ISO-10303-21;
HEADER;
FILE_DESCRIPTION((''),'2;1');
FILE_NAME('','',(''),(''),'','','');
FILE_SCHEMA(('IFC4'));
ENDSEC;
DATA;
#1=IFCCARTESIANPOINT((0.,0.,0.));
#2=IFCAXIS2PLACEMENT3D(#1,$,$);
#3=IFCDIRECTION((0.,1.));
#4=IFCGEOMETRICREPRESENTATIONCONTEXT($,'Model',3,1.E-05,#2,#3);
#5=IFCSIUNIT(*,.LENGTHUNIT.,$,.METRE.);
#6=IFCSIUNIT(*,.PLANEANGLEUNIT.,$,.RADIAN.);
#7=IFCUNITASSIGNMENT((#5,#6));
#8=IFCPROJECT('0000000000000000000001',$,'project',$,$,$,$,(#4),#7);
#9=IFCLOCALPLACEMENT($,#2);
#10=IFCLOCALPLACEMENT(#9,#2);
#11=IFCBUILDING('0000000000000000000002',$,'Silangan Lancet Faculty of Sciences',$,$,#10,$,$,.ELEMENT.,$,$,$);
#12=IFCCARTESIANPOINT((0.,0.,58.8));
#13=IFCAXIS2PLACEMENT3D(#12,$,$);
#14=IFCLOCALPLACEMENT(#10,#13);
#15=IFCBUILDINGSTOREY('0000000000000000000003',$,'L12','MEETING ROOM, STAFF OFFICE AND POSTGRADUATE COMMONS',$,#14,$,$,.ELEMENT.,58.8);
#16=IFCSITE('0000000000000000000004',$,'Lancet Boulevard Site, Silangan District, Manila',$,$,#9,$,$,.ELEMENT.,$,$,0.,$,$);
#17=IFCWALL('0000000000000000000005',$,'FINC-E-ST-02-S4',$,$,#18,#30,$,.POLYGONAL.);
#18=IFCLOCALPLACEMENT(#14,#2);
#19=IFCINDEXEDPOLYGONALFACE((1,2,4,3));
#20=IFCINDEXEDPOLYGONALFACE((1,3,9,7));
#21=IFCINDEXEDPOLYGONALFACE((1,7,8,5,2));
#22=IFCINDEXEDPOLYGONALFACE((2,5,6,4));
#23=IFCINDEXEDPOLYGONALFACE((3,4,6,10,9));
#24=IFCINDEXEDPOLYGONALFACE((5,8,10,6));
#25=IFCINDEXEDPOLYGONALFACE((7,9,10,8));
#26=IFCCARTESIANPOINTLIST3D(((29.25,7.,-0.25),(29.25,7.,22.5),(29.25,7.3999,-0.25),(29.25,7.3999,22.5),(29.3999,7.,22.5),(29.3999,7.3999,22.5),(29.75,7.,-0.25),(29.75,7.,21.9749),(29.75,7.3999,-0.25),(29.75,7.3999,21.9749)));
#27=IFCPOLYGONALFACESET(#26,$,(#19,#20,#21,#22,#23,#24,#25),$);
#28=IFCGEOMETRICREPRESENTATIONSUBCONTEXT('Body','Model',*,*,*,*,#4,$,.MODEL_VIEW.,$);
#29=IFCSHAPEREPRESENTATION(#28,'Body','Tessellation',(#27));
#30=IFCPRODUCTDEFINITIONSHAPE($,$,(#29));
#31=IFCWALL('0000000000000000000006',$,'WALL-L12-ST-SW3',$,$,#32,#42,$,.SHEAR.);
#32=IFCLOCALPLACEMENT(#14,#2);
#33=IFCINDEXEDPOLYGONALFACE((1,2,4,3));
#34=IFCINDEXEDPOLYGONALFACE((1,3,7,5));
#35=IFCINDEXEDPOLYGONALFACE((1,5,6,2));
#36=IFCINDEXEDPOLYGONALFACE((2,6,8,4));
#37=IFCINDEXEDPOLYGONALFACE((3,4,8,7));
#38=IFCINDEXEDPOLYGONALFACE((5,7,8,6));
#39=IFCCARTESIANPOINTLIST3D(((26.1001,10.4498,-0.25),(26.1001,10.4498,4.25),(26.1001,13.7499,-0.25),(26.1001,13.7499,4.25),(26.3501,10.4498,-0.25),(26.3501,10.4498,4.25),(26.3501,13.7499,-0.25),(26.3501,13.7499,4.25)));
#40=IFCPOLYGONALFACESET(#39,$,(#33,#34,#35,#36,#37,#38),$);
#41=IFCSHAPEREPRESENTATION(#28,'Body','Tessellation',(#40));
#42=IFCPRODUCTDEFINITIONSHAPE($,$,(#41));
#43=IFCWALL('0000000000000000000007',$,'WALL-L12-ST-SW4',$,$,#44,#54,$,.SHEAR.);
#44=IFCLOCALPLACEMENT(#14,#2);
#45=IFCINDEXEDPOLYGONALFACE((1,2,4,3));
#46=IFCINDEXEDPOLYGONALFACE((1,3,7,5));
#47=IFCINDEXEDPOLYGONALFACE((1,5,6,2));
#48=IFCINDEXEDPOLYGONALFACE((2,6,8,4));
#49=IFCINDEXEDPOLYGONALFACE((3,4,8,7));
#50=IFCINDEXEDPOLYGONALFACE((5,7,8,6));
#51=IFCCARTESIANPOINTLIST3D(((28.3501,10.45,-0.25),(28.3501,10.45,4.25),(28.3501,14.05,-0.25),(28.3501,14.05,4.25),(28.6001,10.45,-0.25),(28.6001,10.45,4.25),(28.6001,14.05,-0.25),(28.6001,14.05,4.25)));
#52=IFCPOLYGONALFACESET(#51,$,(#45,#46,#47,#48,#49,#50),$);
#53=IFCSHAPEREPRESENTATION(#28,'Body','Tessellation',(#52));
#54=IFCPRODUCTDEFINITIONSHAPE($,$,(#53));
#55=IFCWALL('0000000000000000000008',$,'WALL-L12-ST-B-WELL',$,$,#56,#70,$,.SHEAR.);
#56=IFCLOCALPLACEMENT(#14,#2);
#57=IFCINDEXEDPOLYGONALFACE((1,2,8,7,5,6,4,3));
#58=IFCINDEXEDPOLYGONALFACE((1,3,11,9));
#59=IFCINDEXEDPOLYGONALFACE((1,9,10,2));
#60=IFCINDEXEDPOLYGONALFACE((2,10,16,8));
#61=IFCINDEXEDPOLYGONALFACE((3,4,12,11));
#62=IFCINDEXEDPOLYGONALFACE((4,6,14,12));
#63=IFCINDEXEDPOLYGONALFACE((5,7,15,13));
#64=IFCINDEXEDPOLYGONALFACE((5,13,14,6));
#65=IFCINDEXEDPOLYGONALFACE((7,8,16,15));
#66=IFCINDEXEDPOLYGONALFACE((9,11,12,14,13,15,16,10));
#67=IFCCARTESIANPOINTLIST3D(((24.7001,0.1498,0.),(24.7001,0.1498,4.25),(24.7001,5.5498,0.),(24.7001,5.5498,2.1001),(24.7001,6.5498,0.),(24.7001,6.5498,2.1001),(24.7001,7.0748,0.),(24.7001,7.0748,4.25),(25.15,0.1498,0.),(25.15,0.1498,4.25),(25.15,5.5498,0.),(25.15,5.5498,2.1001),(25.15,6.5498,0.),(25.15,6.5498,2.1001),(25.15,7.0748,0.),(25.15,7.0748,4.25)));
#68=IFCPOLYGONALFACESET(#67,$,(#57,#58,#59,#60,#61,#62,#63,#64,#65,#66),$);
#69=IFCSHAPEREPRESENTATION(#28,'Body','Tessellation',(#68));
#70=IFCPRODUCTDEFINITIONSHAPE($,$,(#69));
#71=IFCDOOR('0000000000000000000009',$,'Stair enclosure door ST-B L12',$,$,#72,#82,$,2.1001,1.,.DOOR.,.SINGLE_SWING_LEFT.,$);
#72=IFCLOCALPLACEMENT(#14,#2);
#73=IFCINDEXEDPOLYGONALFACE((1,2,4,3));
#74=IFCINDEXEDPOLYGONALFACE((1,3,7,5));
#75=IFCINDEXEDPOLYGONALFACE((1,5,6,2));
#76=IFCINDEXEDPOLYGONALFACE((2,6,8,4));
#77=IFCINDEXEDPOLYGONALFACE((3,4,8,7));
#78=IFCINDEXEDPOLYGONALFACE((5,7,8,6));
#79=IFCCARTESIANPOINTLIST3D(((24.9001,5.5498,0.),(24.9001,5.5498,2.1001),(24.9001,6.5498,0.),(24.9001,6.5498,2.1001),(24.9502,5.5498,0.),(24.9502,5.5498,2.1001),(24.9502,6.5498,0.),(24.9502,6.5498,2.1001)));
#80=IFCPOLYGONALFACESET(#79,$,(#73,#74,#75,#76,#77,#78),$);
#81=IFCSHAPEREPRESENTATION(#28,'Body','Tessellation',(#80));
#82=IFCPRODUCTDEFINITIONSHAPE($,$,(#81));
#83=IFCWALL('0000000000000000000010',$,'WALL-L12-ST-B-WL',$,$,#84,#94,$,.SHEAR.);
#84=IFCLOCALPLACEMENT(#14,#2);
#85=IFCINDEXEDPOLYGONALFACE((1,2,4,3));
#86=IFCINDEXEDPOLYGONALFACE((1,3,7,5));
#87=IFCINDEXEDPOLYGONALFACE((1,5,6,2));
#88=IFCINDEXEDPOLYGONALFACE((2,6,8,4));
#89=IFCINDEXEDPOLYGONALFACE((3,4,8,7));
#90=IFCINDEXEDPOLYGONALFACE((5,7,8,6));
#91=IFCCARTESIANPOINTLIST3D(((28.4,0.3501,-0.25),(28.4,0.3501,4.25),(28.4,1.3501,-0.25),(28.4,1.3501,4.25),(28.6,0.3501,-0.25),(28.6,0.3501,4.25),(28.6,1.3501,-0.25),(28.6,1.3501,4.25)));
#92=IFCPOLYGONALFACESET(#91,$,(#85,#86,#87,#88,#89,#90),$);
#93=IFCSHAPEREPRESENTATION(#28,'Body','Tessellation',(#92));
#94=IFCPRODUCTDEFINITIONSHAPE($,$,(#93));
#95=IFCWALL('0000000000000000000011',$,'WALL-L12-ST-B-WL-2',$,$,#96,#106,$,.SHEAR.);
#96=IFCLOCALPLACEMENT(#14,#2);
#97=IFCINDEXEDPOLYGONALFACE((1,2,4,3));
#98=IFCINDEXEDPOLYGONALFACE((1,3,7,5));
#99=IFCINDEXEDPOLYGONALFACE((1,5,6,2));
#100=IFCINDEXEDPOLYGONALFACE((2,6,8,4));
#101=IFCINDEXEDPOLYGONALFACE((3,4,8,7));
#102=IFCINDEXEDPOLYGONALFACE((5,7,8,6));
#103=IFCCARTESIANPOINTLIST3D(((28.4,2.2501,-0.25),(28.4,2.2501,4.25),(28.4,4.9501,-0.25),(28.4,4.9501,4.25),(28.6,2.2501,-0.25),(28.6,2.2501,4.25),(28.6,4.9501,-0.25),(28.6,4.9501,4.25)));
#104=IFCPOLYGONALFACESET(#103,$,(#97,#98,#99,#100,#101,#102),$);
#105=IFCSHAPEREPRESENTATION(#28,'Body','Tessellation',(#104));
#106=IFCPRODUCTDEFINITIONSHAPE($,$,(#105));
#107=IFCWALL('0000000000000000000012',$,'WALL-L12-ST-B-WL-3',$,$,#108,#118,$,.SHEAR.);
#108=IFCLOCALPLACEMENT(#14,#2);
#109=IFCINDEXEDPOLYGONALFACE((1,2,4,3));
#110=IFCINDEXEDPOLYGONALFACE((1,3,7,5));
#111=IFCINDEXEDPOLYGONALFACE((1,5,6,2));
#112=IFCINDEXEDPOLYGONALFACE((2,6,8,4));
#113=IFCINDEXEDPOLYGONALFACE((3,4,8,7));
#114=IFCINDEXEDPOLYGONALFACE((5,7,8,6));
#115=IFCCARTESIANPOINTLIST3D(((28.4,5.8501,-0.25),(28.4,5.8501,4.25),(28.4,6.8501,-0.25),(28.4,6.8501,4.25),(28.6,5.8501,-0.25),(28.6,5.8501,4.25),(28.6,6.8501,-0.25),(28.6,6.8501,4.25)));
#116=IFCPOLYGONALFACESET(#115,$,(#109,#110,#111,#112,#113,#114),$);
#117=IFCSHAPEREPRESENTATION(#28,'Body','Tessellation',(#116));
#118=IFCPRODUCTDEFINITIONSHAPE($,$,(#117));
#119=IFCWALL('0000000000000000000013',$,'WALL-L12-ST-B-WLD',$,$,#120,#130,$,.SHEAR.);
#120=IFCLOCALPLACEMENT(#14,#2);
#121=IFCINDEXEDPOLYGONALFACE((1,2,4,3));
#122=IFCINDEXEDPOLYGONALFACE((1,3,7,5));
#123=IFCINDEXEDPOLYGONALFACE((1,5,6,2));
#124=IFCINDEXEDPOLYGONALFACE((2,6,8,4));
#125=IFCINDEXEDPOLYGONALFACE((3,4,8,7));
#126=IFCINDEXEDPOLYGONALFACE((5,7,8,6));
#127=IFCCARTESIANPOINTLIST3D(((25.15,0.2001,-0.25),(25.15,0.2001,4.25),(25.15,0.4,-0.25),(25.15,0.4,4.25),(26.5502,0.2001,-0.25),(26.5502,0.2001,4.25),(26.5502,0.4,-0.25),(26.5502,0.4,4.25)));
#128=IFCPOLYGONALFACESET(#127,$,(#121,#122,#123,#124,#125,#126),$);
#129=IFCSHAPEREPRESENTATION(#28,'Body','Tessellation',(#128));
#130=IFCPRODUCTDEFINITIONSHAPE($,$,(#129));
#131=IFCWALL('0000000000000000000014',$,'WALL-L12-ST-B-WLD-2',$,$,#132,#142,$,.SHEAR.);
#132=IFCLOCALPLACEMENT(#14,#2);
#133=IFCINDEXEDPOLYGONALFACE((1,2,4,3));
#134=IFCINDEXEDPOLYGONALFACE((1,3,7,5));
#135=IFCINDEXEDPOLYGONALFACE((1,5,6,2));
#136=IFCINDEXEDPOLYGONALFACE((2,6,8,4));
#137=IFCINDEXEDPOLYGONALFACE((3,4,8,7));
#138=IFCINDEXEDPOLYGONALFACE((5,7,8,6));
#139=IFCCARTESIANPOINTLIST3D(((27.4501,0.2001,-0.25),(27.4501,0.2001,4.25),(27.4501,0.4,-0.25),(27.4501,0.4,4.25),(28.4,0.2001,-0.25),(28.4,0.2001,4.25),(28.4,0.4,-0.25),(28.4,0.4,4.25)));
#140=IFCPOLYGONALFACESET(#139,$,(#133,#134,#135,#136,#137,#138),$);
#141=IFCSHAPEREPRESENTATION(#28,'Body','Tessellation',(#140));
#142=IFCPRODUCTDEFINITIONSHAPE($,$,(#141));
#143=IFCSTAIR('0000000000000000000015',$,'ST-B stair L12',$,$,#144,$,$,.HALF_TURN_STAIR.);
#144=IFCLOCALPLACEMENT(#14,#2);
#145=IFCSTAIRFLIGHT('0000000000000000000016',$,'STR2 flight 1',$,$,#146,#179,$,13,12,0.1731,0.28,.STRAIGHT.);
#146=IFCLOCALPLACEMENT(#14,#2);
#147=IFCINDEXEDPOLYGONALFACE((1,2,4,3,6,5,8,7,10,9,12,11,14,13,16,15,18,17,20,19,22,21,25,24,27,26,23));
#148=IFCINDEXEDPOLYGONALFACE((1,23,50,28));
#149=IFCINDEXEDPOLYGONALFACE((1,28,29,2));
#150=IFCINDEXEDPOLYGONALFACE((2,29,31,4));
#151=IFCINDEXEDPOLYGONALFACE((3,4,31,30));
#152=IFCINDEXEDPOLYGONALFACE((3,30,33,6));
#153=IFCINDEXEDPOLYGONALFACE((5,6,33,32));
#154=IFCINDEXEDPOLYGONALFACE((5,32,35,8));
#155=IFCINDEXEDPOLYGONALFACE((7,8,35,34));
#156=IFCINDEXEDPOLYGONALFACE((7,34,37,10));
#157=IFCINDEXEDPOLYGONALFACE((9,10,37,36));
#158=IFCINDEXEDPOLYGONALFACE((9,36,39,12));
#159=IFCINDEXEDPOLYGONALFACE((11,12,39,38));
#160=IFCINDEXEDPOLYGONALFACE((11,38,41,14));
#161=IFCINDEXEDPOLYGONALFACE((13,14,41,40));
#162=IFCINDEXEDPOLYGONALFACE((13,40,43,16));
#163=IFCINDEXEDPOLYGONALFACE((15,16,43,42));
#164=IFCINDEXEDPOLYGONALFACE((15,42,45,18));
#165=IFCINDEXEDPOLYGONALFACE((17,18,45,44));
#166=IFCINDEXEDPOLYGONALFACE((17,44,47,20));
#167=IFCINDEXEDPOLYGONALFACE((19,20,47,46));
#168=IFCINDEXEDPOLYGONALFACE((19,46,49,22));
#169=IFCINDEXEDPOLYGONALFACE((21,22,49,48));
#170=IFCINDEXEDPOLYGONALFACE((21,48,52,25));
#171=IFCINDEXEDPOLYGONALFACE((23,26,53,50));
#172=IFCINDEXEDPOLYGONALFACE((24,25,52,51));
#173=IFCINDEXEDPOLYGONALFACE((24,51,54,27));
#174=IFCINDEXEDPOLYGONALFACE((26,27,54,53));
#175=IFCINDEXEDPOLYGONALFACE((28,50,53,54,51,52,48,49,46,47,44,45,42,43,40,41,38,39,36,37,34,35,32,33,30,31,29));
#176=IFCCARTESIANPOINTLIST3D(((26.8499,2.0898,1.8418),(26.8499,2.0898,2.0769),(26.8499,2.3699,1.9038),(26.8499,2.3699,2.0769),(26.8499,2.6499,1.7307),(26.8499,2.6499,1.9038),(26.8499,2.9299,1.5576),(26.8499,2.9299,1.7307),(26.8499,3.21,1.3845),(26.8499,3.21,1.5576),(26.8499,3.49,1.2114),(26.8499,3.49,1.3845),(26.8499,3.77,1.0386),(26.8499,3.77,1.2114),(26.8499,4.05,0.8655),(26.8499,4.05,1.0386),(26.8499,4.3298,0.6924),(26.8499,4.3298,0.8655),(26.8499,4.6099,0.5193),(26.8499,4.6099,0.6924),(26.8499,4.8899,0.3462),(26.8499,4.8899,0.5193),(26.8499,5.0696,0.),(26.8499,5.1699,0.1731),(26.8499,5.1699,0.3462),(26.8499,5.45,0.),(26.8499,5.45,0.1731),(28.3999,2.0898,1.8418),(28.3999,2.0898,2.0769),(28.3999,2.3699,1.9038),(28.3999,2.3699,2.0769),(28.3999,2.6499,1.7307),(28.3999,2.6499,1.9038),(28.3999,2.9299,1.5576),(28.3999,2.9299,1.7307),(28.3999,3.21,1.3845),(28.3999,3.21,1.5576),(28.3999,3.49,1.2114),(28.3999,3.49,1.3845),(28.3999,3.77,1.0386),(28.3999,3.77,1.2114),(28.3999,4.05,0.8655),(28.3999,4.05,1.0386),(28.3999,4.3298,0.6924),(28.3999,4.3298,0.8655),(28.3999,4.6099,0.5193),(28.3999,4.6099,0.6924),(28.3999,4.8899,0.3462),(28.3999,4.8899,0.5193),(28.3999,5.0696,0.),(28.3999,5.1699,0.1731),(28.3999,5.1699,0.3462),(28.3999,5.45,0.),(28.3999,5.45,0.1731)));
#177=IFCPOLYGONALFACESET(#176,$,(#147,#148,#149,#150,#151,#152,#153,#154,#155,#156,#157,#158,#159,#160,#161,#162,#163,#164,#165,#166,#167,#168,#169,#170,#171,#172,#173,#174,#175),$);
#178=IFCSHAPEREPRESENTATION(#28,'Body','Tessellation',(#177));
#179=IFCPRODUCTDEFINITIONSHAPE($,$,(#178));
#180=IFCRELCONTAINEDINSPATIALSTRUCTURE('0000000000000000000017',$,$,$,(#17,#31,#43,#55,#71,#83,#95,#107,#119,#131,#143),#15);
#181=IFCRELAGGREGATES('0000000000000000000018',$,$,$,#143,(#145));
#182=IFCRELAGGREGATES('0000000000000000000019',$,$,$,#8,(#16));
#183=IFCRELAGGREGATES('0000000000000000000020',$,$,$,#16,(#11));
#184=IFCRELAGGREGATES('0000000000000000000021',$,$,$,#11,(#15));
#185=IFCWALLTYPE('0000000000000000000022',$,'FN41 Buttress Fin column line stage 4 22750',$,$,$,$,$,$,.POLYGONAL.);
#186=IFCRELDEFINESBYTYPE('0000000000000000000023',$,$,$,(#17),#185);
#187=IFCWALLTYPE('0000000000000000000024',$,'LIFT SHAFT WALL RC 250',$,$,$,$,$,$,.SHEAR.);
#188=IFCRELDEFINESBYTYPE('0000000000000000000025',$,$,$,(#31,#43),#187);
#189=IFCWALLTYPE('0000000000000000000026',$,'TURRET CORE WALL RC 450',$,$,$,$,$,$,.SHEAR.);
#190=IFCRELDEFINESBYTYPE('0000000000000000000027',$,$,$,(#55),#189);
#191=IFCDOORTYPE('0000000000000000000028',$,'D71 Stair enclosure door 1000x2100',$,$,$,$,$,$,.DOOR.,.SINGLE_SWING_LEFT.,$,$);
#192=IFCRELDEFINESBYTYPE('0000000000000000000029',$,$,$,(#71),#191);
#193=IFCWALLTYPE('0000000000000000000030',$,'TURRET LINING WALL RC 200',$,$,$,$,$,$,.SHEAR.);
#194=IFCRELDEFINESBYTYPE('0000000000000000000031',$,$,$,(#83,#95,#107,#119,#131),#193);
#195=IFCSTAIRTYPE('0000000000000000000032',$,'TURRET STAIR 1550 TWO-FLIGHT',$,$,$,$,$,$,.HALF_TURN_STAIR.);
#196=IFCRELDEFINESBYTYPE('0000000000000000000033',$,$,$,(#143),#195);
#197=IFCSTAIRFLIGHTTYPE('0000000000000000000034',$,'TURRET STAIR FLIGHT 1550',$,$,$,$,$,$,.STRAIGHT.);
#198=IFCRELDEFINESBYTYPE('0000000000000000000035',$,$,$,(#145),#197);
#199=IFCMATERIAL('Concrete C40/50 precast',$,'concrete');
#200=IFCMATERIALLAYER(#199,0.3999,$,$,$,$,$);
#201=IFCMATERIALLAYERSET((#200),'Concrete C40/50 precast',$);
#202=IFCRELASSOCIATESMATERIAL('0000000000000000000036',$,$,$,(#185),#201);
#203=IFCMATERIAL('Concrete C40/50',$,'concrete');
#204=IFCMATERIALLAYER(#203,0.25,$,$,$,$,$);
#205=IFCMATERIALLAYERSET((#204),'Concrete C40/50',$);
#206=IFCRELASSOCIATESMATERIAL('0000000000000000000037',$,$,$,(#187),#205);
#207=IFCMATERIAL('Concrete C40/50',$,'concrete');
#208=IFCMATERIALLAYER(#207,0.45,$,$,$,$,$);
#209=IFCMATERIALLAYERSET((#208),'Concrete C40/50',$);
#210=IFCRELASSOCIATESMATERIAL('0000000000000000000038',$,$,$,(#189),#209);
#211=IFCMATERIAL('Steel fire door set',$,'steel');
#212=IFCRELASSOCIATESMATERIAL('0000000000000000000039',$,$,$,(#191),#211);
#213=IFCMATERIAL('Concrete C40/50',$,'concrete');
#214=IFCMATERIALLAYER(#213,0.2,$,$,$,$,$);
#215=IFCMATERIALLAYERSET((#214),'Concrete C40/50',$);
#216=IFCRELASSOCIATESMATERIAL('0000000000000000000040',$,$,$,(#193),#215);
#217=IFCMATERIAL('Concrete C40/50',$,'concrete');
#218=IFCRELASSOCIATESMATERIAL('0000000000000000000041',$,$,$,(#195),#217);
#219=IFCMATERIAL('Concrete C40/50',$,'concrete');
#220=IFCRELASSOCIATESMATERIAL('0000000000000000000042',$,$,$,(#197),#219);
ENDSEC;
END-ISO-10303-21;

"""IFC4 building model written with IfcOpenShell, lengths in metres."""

from ifc_helpers import new_model, si_unit, direction, frame, frame_2d, origin, place, context, subcontext, project, spatial, polyline, rectangle, outline, extrude, material, layer, layer_set, type_object, element, fill, aggregate, save


model = new_model("IFC4")

# Units and contexts
model_context = context("Model", 3, precision=1e-05, world=origin(), true_north=direction((0.0, 1.0)))
body_context = subcontext(model_context, "Body", "Model", "MODEL_VIEW")
ifc_project = project(units=[si_unit("LENGTHUNIT", "METRE"), si_unit("PLANEANGLEUNIT", "RADIAN")], contexts=[model_context])

# Site, building, storey
site_placement = place(None, origin())
site = spatial("IfcSite", under=ifc_project, at=site_placement, Name="Lancet Boulevard Site, Silangan District, Manila", CompositionType="ELEMENT", RefElevation=0.0)
building_placement = place(site_placement, origin())
building = spatial("IfcBuilding", under=site, at=building_placement, Name="Silangan Lancet Faculty of Sciences", CompositionType="ELEMENT")
storey_placement = place(building_placement, frame((0.0, 0.0, 58.8)))
storey = spatial("IfcBuildingStorey", under=building, at=storey_placement, Name="L12", Description="MEETING ROOM, STAFF OFFICE AND POSTGRADUATE COMMONS", CompositionType="ELEMENT", Elevation=58.8)

# Walls
ifc_material_1 = material(Name="Concrete C40/50 precast", Category="concrete")
ifc_layer_1 = layer(ifc_material_1, 0.3999)
ifc_layer_set_1 = layer_set([ifc_layer_1], Name="Concrete C40/50 precast")
wall_type_1 = type_object("IfcWallType", Name="FN41 Buttress Fin column line stage 4 22750", PredefinedType="POLYGONAL", material=ifc_layer_set_1)
wall_1_placement = place(storey_placement, frame((29.25, 7.2, -0.25), z_axis=(0.0, 0.0, 1.0), x_axis=(1.0, 0.0, 0.0)))
element("IfcWall", 1, at=wall_1_placement, inside=storey, type_object=wall_type_1, Name="FINC-E-ST-02-S4", PredefinedType="POLYGONAL", context=body_context, shape_type="SweptSolid", body=[
    extrude(outline(polyline([(0.5, 0.0), (0.5, 22.2249), (0.1499, 22.75), (0.0, 22.75), (0.0, 0.0), (0.5, 0.0)])), frame((0.0, 0.2, 0.0), z_axis=(0.0, -1.0, 0.0), x_axis=(1.0, 0.0, 0.0)), (0.0, 0.0, 1.0), 0.3999),
])
ifc_material_2 = material(Name="Concrete C40/50", Category="concrete")
ifc_layer_2 = layer(ifc_material_2, 0.25)
ifc_layer_set_2 = layer_set([ifc_layer_2], Name="Concrete C40/50")
wall_type_2 = type_object("IfcWallType", Name="LIFT SHAFT WALL RC 250", PredefinedType="SHEAR", material=ifc_layer_set_2)
wall_2_placement = place(storey_placement, frame((26.2251, 10.45, -0.25), z_axis=(0.0, 0.0, 1.0), x_axis=(0.0, 1.0, 0.0)))
element("IfcWall", 2, at=wall_2_placement, inside=storey, type_object=wall_type_2, Name="WALL-L12-ST-SW3", PredefinedType="SHEAR", context=body_context, shape_type="SweptSolid", body=[
    extrude(rectangle(XDim=3.3, YDim=0.25, at=frame_2d((1.6499, 0.0))), origin(), (0.0, 0.0, 1.0), 4.5),
])
wall_3_placement = place(storey_placement, frame((28.4751, 10.45, -0.25), z_axis=(0.0, 0.0, 1.0), x_axis=(0.0, 1.0, 0.0)))
element("IfcWall", 3, at=wall_3_placement, inside=storey, type_object=wall_type_2, Name="WALL-L12-ST-SW4", PredefinedType="SHEAR", context=body_context, shape_type="SweptSolid", body=[
    extrude(rectangle(XDim=3.6001, YDim=0.25, at=frame_2d((1.8, 0.0))), origin(), (0.0, 0.0, 1.0), 4.5),
])

# Wall, opening, door
ifc_material_3 = material(Name="Concrete C40/50", Category="concrete")
ifc_layer_3 = layer(ifc_material_3, 0.45)
ifc_layer_set_3 = layer_set([ifc_layer_3], Name="Concrete C40/50")
wall_type_3 = type_object("IfcWallType", Name="TURRET CORE WALL RC 450", PredefinedType="SHEAR", material=ifc_layer_set_3)
wall_4_placement = place(storey_placement, frame((24.925, 0.1499, 0.0), z_axis=(0.0, 0.0, 1.0), x_axis=(0.0, 1.0, 0.0)))
wall_4 = element("IfcWall", 4, at=wall_4_placement, inside=storey, type_object=wall_type_3, Name="WALL-L12-ST-B-WELL", PredefinedType="SHEAR", context=body_context, shape_type="SweptSolid", body=[
    extrude(rectangle(XDim=6.925, YDim=0.45, at=frame_2d((3.4624, 0.0))), origin(), (0.0, 0.0, 1.0), 4.25),
])
opening_1_placement = place(wall_4_placement, frame((5.3999, 0.0, 0.0)))
opening_1 = element("IfcOpeningElement", 5, at=opening_1_placement, cuts=wall_4, PredefinedType="OPENING", context=body_context, shape_type="SweptSolid", body=[
    extrude(rectangle(XDim=1.0, YDim=2.1001, at=frame_2d((0.5, 1.05))), frame((0.0, 0.2349, 0.0), z_axis=(0.0, -1.0, 0.0), x_axis=(1.0, 0.0, 0.0)), (0.0, 0.0, 1.0), 0.47),
])
ifc_material_4 = material(Name="Steel fire door set", Category="steel")
door_type = type_object("IfcDoorType", Name="D71 Stair enclosure door 1000x2100", OperationType="SINGLE_SWING_LEFT", PredefinedType="DOOR", material=ifc_material_4)
door_placement = place(opening_1_placement, frame((1.0, 0.0, 0.0), z_axis=(0.0, 0.0, 1.0), x_axis=(-1.0, 0.0, 0.0)))
door = element("IfcDoor", 6, at=door_placement, inside=storey, type_object=door_type, Name="Stair enclosure door ST-B L12", OperationType="SINGLE_SWING_LEFT", OverallHeight=2.1001, OverallWidth=1.0, PredefinedType="DOOR", context=body_context, shape_type="SweptSolid", body=[
    extrude(rectangle(XDim=1.0, YDim=2.1001, at=frame_2d((0.5, 1.05))), frame((0.0, 0.0251, 0.0), z_axis=(0.0, -1.0, 0.0), x_axis=(1.0, 0.0, 0.0)), (0.0, 0.0, 1.0), 0.05),
])
fill(opening_1, door)

# Walls
ifc_material_5 = material(Name="Concrete C40/50", Category="concrete")
ifc_layer_4 = layer(ifc_material_5, 0.2)
ifc_layer_set_4 = layer_set([ifc_layer_4], Name="Concrete C40/50")
wall_type_4 = type_object("IfcWallType", Name="TURRET LINING WALL RC 200", PredefinedType="SHEAR", material=ifc_layer_set_4)
wall_5_placement = place(storey_placement, frame((28.5, 0.3501, -0.25), z_axis=(0.0, 0.0, 1.0), x_axis=(0.0, 1.0, 0.0)))
element("IfcWall", 7, at=wall_5_placement, inside=storey, type_object=wall_type_4, Name="WALL-L12-ST-B-WL", PredefinedType="SHEAR", context=body_context, shape_type="SweptSolid", body=[
    extrude(rectangle(XDim=1.0, YDim=0.2, at=frame_2d((0.5, 0.0))), origin(), (0.0, 0.0, 1.0), 4.5),
])
wall_6_placement = place(storey_placement, frame((28.5, 2.25, -0.25), z_axis=(0.0, 0.0, 1.0), x_axis=(0.0, 1.0, 0.0)))
element("IfcWall", 8, at=wall_6_placement, inside=storey, type_object=wall_type_4, Name="WALL-L12-ST-B-WL-2", PredefinedType="SHEAR", context=body_context, shape_type="SweptSolid", body=[
    extrude(rectangle(XDim=2.7, YDim=0.2, at=frame_2d((1.3501, 0.0))), origin(), (0.0, 0.0, 1.0), 4.5),
])
wall_7_placement = place(storey_placement, frame((28.5, 5.8501, -0.25), z_axis=(0.0, 0.0, 1.0), x_axis=(0.0, 1.0, 0.0)))
element("IfcWall", 9, at=wall_7_placement, inside=storey, type_object=wall_type_4, Name="WALL-L12-ST-B-WL-3", PredefinedType="SHEAR", context=body_context, shape_type="SweptSolid", body=[
    extrude(rectangle(XDim=1.0, YDim=0.2, at=frame_2d((0.5, 0.0))), origin(), (0.0, 0.0, 1.0), 4.5),
])
wall_8_placement = place(storey_placement, frame((25.1499, 0.3, -0.25), z_axis=(0.0, 0.0, 1.0), x_axis=(1.0, 0.0, 0.0)))
element("IfcWall", 10, at=wall_8_placement, inside=storey, type_object=wall_type_4, Name="WALL-L12-ST-B-WLD", PredefinedType="SHEAR", context=body_context, shape_type="SweptSolid", body=[
    extrude(rectangle(XDim=1.4001, YDim=0.2, at=frame_2d((0.7002, 0.0))), origin(), (0.0, 0.0, 1.0), 4.5),
])
wall_9_placement = place(storey_placement, frame((27.45, 0.3, -0.25), z_axis=(0.0, 0.0, 1.0), x_axis=(1.0, 0.0, 0.0)))
element("IfcWall", 11, at=wall_9_placement, inside=storey, type_object=wall_type_4, Name="WALL-L12-ST-B-WLD-2", PredefinedType="SHEAR", context=body_context, shape_type="SweptSolid", body=[
    extrude(rectangle(XDim=0.95, YDim=0.2, at=frame_2d((0.4751, 0.0))), origin(), (0.0, 0.0, 1.0), 4.5),
])

# Stair, stair flight
ifc_material_6 = material(Name="Concrete C40/50", Category="concrete")
stair_type = type_object("IfcStairType", Name="TURRET STAIR 1550 TWO-FLIGHT", PredefinedType="HALF_TURN_STAIR", material=ifc_material_6)
stair_placement = place(storey_placement, origin())
stair = element("IfcStair", 12, at=stair_placement, inside=storey, type_object=stair_type, Name="ST-B stair L12", PredefinedType="HALF_TURN_STAIR")
ifc_material_7 = material(Name="Concrete C40/50", Category="concrete")
stair_flight_type = type_object("IfcStairFlightType", Name="TURRET STAIR FLIGHT 1550", PredefinedType="STRAIGHT", material=ifc_material_7)
stair_flight_1_placement = place(storey_placement, frame((27.625, 5.45, 0.0), z_axis=(0.0, 0.0, 1.0), x_axis=(0.0, -1.0, 0.0)))
stair_flight_1 = element("IfcStairFlight", 13, at=stair_flight_1_placement, type_object=stair_flight_type, Name="STR2 flight 1", NumberOfRisers=13, NumberOfTreads=12, PredefinedType="STRAIGHT", RiserHeight=0.1731, TreadLength=0.28, context=body_context, shape_type="SweptSolid", body=[
    extrude(outline(polyline([(0.0, 0.0), (0.0, 0.1731), (0.28, 0.1731), (0.28, 0.3462), (0.5601, 0.3462), (0.5601, 0.5193), (0.8401, 0.5193), (0.8401, 0.6924), (1.1201, 0.6924), (1.1201, 0.8655), (1.3999, 0.8655), (1.3999, 1.0386), (1.6799, 1.0386), (1.6799, 1.2114), (1.96, 1.2114), (1.96, 1.3845), (2.24, 1.3845), (2.24, 1.5576), (2.52, 1.5576), (2.52, 1.7307), (2.8, 1.7307), (2.8, 1.9038), (3.0801, 1.9038), (3.0801, 2.0769), (3.3601, 2.0769), (3.3601, 2.25), (3.3601, 1.8418), (0.3804, 0.0), (0.0, 0.0)])), frame((0.0, 0.7749, 0.0), z_axis=(0.0, -1.0, 0.0), x_axis=(1.0, 0.0, 0.0)), (0.0, 0.0, 1.0), 1.55),
])
aggregate(stair, [stair_flight_1])

save(model, "model.ifc")
